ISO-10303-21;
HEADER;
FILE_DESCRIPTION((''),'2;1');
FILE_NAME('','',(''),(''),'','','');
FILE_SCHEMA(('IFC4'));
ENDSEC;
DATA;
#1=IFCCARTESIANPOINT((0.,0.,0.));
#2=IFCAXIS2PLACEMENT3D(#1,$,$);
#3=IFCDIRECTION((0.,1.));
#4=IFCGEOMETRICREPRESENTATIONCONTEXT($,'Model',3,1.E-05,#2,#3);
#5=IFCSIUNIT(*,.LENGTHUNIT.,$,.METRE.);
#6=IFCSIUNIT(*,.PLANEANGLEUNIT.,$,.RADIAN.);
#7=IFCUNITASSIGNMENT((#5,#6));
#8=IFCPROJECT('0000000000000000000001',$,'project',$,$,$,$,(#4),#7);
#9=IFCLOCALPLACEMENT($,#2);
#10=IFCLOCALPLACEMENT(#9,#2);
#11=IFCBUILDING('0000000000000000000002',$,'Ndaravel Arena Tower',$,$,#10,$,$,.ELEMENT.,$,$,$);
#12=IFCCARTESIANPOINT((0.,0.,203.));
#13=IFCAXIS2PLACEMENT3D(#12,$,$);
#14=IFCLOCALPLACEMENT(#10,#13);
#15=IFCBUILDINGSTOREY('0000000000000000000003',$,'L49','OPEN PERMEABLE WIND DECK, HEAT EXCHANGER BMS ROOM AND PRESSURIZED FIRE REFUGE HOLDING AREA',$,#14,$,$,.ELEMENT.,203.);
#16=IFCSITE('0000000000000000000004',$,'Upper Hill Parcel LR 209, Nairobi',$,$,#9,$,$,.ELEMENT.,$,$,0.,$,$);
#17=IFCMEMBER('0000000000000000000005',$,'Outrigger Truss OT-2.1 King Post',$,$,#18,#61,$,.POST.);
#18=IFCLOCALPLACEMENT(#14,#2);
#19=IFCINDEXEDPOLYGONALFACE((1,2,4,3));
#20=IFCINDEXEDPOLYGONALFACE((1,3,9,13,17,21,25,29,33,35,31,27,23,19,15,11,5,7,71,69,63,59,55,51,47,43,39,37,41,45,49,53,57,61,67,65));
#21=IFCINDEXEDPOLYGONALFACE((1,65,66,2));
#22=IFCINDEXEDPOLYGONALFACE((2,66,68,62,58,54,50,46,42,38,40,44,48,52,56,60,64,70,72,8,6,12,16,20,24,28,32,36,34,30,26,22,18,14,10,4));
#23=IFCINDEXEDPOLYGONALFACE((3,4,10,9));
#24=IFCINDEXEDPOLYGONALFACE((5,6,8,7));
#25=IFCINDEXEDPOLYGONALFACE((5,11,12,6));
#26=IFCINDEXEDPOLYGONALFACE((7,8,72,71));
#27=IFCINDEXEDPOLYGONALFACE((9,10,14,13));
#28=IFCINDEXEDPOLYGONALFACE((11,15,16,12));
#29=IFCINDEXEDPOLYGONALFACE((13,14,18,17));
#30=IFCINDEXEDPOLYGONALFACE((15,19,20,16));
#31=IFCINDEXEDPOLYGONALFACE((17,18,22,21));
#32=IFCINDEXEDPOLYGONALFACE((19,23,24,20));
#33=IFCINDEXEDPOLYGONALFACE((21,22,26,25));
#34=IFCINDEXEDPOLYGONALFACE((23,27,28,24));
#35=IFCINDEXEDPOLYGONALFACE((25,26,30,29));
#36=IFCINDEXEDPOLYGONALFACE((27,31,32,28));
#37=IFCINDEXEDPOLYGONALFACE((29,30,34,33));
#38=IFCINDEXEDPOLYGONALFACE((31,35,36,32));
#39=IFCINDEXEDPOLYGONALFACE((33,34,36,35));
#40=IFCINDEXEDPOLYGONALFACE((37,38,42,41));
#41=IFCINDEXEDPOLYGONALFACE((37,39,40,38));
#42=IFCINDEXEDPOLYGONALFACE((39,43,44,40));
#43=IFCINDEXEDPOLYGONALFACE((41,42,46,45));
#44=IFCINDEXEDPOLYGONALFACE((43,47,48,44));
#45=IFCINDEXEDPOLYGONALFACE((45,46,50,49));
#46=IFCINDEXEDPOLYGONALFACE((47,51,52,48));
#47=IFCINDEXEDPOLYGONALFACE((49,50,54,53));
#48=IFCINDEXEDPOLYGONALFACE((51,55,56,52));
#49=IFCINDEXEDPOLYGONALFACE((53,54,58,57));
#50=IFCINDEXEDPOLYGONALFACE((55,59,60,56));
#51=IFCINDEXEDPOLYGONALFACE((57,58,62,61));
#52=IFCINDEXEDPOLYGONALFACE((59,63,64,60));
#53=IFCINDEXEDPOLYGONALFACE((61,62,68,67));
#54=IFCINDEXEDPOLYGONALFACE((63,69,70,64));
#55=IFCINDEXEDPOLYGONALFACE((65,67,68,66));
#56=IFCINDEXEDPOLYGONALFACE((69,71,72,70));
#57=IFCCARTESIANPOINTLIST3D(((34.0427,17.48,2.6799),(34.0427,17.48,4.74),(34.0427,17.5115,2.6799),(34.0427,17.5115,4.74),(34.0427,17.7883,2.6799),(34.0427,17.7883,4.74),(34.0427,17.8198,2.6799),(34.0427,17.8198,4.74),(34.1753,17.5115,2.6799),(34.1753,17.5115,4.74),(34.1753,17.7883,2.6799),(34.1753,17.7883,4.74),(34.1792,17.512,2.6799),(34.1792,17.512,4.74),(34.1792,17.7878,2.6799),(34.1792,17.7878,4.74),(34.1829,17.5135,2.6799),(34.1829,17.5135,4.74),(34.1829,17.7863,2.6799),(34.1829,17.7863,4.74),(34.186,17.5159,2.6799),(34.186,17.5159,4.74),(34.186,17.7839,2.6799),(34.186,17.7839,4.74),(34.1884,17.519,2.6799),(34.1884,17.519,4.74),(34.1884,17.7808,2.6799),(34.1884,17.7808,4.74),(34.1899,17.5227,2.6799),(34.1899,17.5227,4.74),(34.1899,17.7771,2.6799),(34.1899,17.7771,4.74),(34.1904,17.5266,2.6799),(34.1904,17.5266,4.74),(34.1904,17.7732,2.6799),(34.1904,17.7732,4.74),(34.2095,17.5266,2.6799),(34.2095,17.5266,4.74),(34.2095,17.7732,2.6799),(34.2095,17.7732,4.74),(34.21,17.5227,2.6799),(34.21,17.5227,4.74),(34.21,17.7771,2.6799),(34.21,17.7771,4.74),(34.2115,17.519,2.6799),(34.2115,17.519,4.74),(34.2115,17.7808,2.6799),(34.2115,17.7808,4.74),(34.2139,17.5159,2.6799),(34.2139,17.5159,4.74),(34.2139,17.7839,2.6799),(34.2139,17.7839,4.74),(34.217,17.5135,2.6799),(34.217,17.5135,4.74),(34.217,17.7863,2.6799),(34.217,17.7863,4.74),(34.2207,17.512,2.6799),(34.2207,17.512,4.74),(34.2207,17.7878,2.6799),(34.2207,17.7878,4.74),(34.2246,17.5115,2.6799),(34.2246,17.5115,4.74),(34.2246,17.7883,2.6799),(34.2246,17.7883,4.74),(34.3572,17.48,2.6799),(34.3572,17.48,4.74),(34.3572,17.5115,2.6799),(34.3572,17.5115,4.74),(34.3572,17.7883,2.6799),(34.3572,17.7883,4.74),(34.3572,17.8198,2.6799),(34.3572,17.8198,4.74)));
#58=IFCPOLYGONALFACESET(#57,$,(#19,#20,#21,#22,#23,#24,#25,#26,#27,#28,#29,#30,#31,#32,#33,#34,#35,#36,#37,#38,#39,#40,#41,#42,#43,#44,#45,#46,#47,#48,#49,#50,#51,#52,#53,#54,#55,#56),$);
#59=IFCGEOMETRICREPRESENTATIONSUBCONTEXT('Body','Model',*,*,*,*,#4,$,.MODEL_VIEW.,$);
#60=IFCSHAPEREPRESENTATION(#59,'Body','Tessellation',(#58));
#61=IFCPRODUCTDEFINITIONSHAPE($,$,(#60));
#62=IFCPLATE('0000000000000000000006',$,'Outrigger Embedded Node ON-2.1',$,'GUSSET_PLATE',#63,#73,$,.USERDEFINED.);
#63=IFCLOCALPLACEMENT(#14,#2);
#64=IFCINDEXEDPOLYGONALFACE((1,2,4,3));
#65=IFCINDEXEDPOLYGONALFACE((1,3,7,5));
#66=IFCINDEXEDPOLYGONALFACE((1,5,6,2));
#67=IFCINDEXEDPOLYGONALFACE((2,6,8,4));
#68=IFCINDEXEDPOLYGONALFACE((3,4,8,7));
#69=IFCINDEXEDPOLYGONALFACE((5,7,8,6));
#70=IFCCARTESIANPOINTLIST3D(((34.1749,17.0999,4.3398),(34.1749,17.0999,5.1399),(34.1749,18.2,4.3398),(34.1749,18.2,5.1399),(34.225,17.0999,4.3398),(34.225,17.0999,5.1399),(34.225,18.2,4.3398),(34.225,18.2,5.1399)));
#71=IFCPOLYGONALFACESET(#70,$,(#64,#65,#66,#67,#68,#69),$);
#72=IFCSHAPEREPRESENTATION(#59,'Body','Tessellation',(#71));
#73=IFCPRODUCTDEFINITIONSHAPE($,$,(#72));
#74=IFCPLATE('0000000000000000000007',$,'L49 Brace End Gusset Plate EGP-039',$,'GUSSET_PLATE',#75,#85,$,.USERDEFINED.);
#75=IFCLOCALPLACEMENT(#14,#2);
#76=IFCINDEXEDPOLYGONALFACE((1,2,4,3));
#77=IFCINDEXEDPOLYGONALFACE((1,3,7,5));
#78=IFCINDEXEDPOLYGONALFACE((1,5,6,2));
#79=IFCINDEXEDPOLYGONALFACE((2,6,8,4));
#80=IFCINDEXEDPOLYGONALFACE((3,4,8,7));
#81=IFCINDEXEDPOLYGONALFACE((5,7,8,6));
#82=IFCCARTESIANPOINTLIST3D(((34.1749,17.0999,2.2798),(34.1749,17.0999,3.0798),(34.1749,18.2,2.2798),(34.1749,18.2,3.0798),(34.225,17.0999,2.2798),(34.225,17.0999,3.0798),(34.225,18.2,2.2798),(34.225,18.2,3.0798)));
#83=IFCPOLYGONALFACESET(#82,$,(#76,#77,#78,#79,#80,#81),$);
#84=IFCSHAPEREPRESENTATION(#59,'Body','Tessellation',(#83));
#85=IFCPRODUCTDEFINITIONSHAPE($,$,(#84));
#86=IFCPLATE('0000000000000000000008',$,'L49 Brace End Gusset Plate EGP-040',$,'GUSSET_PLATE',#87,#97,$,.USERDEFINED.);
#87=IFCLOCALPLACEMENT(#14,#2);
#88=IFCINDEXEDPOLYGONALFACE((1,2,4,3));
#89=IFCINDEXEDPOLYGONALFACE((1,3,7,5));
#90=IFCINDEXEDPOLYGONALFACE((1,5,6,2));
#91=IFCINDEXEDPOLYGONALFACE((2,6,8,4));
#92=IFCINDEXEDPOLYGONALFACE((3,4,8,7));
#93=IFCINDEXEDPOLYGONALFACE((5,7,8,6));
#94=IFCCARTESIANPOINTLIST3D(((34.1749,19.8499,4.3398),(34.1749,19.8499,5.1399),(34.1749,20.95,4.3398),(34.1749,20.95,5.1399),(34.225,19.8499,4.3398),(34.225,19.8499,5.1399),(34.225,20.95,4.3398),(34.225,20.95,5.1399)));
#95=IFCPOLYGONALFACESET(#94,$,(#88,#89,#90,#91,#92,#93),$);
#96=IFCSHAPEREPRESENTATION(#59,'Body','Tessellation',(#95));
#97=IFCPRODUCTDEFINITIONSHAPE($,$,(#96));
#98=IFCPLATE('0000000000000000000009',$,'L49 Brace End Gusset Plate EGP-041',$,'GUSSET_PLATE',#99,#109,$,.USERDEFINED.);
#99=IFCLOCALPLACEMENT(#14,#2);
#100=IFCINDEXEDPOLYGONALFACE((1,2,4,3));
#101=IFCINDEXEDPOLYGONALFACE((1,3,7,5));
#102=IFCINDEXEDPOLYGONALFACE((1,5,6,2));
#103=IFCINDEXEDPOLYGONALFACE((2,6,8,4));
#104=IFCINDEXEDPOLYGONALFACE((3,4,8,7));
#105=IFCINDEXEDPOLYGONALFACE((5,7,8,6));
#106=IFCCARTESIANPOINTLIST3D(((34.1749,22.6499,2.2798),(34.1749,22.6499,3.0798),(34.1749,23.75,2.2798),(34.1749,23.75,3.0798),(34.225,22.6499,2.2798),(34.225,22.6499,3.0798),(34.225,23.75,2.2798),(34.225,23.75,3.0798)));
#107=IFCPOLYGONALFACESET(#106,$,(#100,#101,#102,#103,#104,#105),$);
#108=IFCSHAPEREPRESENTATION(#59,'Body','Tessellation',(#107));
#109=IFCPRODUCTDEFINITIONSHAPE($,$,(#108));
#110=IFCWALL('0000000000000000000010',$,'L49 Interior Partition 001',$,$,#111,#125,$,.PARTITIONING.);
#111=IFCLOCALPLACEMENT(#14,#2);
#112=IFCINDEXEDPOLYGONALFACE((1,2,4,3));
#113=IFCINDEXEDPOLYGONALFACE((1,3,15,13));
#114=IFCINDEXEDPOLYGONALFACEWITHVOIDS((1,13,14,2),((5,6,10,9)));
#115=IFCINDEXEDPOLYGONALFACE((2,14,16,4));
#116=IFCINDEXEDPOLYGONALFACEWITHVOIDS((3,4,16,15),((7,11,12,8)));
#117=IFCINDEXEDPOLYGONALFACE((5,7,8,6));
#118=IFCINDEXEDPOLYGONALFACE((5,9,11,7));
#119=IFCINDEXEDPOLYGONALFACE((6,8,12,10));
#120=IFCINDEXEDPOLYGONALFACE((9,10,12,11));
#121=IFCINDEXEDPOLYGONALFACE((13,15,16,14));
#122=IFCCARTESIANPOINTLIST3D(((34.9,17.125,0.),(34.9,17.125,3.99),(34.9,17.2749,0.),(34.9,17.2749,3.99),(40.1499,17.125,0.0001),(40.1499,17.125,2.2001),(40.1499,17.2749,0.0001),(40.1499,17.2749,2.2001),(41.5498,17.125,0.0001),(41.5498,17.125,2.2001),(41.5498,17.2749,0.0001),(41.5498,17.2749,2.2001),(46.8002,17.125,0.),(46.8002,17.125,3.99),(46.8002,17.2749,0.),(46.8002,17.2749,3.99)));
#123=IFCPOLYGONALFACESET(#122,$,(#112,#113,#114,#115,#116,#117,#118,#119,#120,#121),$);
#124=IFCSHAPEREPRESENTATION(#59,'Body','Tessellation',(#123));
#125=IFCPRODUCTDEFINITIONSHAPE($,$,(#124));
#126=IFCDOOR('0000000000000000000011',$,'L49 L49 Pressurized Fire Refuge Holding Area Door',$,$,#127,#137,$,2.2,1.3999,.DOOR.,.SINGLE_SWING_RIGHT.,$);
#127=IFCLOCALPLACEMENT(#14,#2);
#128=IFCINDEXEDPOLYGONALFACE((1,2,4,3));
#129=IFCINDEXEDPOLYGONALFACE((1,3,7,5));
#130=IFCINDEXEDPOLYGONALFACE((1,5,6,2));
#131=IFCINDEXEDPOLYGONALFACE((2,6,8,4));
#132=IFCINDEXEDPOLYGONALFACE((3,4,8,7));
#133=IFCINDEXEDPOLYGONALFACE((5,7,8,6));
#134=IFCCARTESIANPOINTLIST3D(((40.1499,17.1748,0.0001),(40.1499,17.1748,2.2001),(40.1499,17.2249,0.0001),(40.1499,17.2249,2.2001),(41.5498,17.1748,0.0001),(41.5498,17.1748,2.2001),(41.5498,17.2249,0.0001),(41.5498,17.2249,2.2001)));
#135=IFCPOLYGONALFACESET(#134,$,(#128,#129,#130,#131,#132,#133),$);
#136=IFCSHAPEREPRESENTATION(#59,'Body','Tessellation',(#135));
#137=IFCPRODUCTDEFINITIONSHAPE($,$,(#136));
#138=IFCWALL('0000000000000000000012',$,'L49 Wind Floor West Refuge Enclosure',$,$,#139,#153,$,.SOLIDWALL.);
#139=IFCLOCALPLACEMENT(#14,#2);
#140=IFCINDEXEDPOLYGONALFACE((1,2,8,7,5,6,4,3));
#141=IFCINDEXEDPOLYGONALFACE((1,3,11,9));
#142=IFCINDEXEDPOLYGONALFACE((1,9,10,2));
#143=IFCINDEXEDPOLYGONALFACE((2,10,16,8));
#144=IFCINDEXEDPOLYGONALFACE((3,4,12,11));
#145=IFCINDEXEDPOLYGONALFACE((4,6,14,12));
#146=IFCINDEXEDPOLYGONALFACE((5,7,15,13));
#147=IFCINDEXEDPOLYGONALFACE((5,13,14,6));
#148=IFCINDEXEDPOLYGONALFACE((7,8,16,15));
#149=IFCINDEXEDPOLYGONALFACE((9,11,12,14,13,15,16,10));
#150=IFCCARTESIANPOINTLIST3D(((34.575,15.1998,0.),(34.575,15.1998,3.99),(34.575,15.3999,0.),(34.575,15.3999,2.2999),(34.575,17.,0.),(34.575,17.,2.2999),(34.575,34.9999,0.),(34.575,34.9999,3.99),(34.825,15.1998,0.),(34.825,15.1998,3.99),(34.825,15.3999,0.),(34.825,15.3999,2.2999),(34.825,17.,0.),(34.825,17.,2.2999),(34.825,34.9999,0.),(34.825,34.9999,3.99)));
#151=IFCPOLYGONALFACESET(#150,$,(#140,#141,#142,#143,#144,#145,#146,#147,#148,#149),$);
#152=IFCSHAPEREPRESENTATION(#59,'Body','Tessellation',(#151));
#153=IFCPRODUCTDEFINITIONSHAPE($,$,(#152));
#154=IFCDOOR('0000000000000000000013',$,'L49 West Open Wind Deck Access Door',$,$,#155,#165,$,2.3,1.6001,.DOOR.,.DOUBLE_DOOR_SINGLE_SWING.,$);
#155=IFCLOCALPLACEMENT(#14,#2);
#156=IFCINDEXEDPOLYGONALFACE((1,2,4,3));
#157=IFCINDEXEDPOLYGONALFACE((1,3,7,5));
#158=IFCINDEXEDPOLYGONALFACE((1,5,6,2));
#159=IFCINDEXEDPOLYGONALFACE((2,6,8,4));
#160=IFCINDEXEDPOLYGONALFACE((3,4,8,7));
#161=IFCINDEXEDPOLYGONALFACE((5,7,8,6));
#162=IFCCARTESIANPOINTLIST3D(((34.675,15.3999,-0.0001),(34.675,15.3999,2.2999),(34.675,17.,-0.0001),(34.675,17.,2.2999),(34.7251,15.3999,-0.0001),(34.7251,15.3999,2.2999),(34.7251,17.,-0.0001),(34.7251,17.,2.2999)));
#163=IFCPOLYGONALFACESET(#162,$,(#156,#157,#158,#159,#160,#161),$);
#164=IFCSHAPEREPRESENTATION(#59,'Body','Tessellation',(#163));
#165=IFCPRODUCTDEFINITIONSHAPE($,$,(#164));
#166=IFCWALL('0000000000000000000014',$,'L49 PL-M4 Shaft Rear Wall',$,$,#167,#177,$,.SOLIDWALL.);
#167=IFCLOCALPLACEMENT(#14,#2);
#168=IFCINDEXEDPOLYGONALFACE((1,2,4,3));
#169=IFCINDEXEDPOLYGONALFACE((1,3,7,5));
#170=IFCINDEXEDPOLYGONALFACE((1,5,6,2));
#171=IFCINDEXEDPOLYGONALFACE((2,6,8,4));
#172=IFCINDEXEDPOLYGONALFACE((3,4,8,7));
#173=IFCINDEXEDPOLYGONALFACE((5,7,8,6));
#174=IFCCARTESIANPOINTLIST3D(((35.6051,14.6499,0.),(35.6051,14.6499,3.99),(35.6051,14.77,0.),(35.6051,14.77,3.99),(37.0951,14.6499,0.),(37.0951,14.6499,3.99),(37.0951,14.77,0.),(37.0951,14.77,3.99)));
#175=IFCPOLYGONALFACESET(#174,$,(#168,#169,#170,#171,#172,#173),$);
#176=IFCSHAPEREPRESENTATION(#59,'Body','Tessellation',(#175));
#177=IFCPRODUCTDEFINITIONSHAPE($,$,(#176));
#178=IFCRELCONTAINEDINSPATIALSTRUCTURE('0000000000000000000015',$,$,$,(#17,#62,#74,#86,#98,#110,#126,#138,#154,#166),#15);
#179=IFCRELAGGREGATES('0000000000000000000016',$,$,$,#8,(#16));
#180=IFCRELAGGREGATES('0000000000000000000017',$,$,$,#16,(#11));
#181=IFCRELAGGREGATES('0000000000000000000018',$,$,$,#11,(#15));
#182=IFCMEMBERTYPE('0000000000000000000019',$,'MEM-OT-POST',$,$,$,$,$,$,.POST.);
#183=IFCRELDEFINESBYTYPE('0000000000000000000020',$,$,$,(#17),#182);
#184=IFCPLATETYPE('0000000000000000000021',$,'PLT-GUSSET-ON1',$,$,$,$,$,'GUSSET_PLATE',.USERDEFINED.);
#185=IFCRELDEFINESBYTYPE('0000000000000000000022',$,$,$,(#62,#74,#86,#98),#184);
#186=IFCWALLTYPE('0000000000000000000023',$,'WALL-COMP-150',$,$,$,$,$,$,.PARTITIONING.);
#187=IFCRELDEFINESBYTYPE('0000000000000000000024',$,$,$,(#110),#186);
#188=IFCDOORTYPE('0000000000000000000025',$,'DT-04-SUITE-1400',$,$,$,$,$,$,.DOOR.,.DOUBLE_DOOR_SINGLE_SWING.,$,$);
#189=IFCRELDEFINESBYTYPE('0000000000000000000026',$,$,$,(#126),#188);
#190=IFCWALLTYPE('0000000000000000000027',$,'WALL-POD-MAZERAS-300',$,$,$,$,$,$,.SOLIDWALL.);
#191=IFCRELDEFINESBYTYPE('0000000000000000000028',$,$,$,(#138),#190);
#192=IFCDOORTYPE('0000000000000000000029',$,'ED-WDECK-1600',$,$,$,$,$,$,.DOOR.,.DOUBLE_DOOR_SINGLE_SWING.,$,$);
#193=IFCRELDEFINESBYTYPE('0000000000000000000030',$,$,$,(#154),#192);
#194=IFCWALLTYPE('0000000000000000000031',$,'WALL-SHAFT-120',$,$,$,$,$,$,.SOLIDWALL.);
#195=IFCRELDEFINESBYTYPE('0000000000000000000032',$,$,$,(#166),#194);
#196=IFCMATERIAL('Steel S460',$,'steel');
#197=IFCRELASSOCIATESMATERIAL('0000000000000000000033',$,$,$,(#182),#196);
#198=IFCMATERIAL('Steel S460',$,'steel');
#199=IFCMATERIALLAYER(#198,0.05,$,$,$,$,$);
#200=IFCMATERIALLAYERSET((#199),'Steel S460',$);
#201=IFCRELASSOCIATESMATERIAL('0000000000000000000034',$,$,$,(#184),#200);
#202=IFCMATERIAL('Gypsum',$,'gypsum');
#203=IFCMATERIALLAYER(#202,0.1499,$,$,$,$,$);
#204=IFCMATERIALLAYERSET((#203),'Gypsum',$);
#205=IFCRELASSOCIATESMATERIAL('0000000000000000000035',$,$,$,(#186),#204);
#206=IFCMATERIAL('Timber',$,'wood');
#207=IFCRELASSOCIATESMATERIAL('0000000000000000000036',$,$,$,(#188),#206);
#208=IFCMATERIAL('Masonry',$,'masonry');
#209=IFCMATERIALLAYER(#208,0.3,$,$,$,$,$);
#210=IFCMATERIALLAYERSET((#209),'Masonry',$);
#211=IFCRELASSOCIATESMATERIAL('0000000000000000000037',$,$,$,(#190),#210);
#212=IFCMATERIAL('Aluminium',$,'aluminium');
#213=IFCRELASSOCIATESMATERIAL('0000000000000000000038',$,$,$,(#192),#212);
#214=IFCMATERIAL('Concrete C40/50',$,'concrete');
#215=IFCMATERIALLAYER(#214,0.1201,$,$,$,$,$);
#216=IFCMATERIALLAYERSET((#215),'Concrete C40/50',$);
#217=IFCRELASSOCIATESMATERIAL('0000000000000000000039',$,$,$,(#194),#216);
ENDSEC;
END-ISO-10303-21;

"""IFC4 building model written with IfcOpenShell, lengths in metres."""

from ifc_helpers import new_model, si_unit, direction, frame, frame_2d, origin, origin_2d, place, context, subcontext, project, spatial, rectangle, i_section, extrude, material, layer, layer_set, material_profile, profile_set, type_object, element, fill, save


model = new_model("IFC4")

# Units and contexts
model_context = context("Model", 3, precision=1e-05, world=origin(), true_north=direction((0.0, 1.0)))
body_context = subcontext(model_context, "Body", "Model", "MODEL_VIEW")
ifc_project = project(units=[si_unit("LENGTHUNIT", "METRE"), si_unit("PLANEANGLEUNIT", "RADIAN")], contexts=[model_context])

# Site, building, storey
site_placement = place(None, origin())
site = spatial("IfcSite", under=ifc_project, at=site_placement, Name="Upper Hill Parcel LR 209, Nairobi", CompositionType="ELEMENT", RefElevation=0.0)
building_placement = place(site_placement, origin())
building = spatial("IfcBuilding", under=site, at=building_placement, Name="Ndaravel Arena Tower", CompositionType="ELEMENT")
storey_placement = place(building_placement, frame((0.0, 0.0, 203.0)))
storey = spatial("IfcBuildingStorey", under=building, at=storey_placement, Name="L49", Description="OPEN PERMEABLE WIND DECK, HEAT EXCHANGER BMS ROOM AND PRESSURIZED FIRE REFUGE HOLDING AREA", CompositionType="ELEMENT", Elevation=203.0)

# Member
ifc_material_1 = material(Name="Steel S460", Category="steel")
ifc_material_profile_1 = material_profile(ifc_material_1, i_section(OverallWidth=0.3145, OverallDepth=0.3398, WebThickness=0.019, FlangeThickness=0.0315, FilletRadius=0.0151, at=origin_2d()), Name="UC 305x305x198")
ifc_profile_set_1 = profile_set([ifc_material_profile_1], Name="Steel S460")
member_type_1 = type_object("IfcMemberType", Name="MEM-OT-POST", PredefinedType="POST", material=ifc_profile_set_1)
member_1_placement = place(storey_placement, frame((34.2, 17.6499, 2.6799), z_axis=(0.0, 0.0, 1.0), x_axis=(1.0, 0.0, 0.0)))
element("IfcMember", 1, at=member_1_placement, inside=storey, type_object=member_type_1, Name="Outrigger Truss OT-2.1 King Post", PredefinedType="POST", context=body_context, shape_type="SweptSolid", body=[
    extrude(i_section(OverallWidth=0.3145, OverallDepth=0.3398, WebThickness=0.019, FlangeThickness=0.0315, FilletRadius=0.0151, at=origin_2d()), origin(), (0.0, 0.0, 1.0), 2.0601),
])

# Plates
ifc_material_2 = material(Name="Steel S460", Category="steel")
ifc_layer_1 = layer(ifc_material_2, 0.05)
ifc_layer_set_1 = layer_set([ifc_layer_1], Name="Steel S460")
plate_type = type_object("IfcPlateType", Name="PLT-GUSSET-ON1", ElementType="GUSSET_PLATE", PredefinedType="USERDEFINED", material=ifc_layer_set_1)
for number, where, z_axis, x_axis, name in (
    (2, (34.2, 17.6499, 4.3398), (0.0, 0.0, 1.0), (1.0, 0.0, 0.0), "Outrigger Embedded Node ON-2.1"),
    (3, (34.2, 17.6499, 2.2798), (0.0, 0.0, 1.0), (1.0, 0.0, 0.0), "L49 Brace End Gusset Plate EGP-039"),
    (4, (34.2, 20.3999, 4.3398), (0.0, 0.0, 1.0), (1.0, 0.0, 0.0), "L49 Brace End Gusset Plate EGP-040"),
    (5, (34.2, 23.2, 2.2798), (0.0, 0.0, 1.0), (1.0, 0.0, 0.0), "L49 Brace End Gusset Plate EGP-041"),
):
    element("IfcPlate", number, at=place(storey_placement, frame(where, z_axis=z_axis, x_axis=x_axis)), inside=storey, type_object=plate_type, Name=name, ObjectType="GUSSET_PLATE", PredefinedType="USERDEFINED", context=body_context, shape_type="SweptSolid", body=[
        extrude(rectangle(XDim=0.05, YDim=1.1001, at=origin_2d()), origin(), (0.0, 0.0, 1.0), 0.8),
    ])

# Walls, openings, doors
ifc_material_3 = material(Name="Gypsum", Category="gypsum")
ifc_layer_2 = layer(ifc_material_3, 0.1499)
ifc_layer_set_2 = layer_set([ifc_layer_2], Name="Gypsum")
wall_type_1 = type_object("IfcWallType", Name="WALL-COMP-150", PredefinedType="PARTITIONING", material=ifc_layer_set_2)
wall_1_placement = place(storey_placement, frame((34.8999, 17.2, 0.0), z_axis=(0.0, 0.0, 1.0), x_axis=(1.0, 0.0, 0.0)))
wall_1 = element("IfcWall", 6, at=wall_1_placement, inside=storey, type_object=wall_type_1, Name="L49 Interior Partition 001", PredefinedType="PARTITIONING", context=body_context, shape_type="SweptSolid", body=[
    extrude(rectangle(XDim=11.9001, YDim=0.1499, at=frame_2d((5.9502, 0.0))), origin(), (0.0, 0.0, 1.0), 3.99),
])
opening_1_placement = place(wall_1_placement, frame((5.25, 0.0, 0.0)))
opening_1 = element("IfcOpeningElement", 7, at=opening_1_placement, cuts=wall_1, PredefinedType="OPENING", context=body_context, shape_type="SweptSolid", body=[
    extrude(rectangle(XDim=1.3999, YDim=2.2, at=frame_2d((0.7, 1.1001))), frame((0.0, 0.075, 0.0), z_axis=(0.0, -1.0, 0.0), x_axis=(1.0, 0.0, 0.0)), (0.0, 0.0, 1.0), 0.1499),
])
ifc_material_4 = material(Name="Timber", Category="wood")
door_type_1 = type_object("IfcDoorType", Name="DT-04-SUITE-1400", OperationType="DOUBLE_DOOR_SINGLE_SWING", PredefinedType="DOOR", material=ifc_material_4)
door_1_placement = place(opening_1_placement, origin())
door_1 = element("IfcDoor", 8, at=door_1_placement, inside=storey, type_object=door_type_1, Name="L49 L49 Pressurized Fire Refuge Holding Area Door", OperationType="SINGLE_SWING_RIGHT", OverallHeight=2.2, OverallWidth=1.3999, PredefinedType="DOOR", context=body_context, shape_type="SweptSolid", body=[
    extrude(rectangle(XDim=1.3999, YDim=2.2, at=frame_2d((0.7, 1.1001))), frame((0.0, 0.0249, 0.0), z_axis=(0.0, -1.0, 0.0), x_axis=(1.0, 0.0, 0.0)), (0.0, 0.0, 1.0), 0.05),
])
fill(opening_1, door_1)
ifc_material_5 = material(Name="Masonry", Category="masonry")
ifc_layer_3 = layer(ifc_material_5, 0.3)
ifc_layer_set_3 = layer_set([ifc_layer_3], Name="Masonry")
wall_type_2 = type_object("IfcWallType", Name="WALL-POD-MAZERAS-300", PredefinedType="SOLIDWALL", material=ifc_layer_set_3)
wall_2_placement = place(storey_placement, frame((34.7, 15.2, 0.0), z_axis=(0.0, 0.0, 1.0), x_axis=(0.0, 1.0, 0.0)))
wall_2 = element("IfcWall", 9, at=wall_2_placement, inside=storey, type_object=wall_type_2, Name="L49 Wind Floor West Refuge Enclosure", PredefinedType="SOLIDWALL", context=body_context, shape_type="SweptSolid", body=[
    extrude(rectangle(XDim=19.8, YDim=0.25, at=frame_2d((9.8999, 0.0))), origin(), (0.0, 0.0, 1.0), 3.99),
])
opening_2_placement = place(wall_2_placement, frame((0.2, 0.0, 0.0)))
opening_2 = element("IfcOpeningElement", 10, at=opening_2_placement, cuts=wall_2, PredefinedType="OPENING", context=body_context, shape_type="SweptSolid", body=[
    extrude(rectangle(XDim=1.6001, YDim=2.3, at=frame_2d((0.8, 1.1499))), frame((0.0, 0.125, 0.0), z_axis=(0.0, -1.0, 0.0), x_axis=(1.0, 0.0, 0.0)), (0.0, 0.0, 1.0), 0.25),
])
ifc_material_6 = material(Name="Aluminium", Category="aluminium")
door_type_2 = type_object("IfcDoorType", Name="ED-WDECK-1600", OperationType="DOUBLE_DOOR_SINGLE_SWING", PredefinedType="DOOR", material=ifc_material_6)
door_2_placement = place(opening_2_placement, origin())
door_2 = element("IfcDoor", 11, at=door_2_placement, inside=storey, type_object=door_type_2, Name="L49 West Open Wind Deck Access Door", OperationType="DOUBLE_DOOR_SINGLE_SWING", OverallHeight=2.3, OverallWidth=1.6001, PredefinedType="DOOR", context=body_context, shape_type="SweptSolid", body=[
    extrude(rectangle(XDim=1.6001, YDim=2.3, at=frame_2d((0.8, 1.1499))), frame((0.0, 0.0249, 0.0), z_axis=(0.0, -1.0, 0.0), x_axis=(1.0, 0.0, 0.0)), (0.0, 0.0, 1.0), 0.05),
])
fill(opening_2, door_2)

# Wall
ifc_material_7 = material(Name="Concrete C40/50", Category="concrete")
ifc_layer_4 = layer(ifc_material_7, 0.1201)
ifc_layer_set_4 = layer_set([ifc_layer_4], Name="Concrete C40/50")
wall_type_3 = type_object("IfcWallType", Name="WALL-SHAFT-120", PredefinedType="SOLIDWALL", material=ifc_layer_set_4)
wall_3_placement = place(storey_placement, frame((35.605, 14.71, 0.0), z_axis=(0.0, 0.0, 1.0), x_axis=(1.0, 0.0, 0.0)))
element("IfcWall", 12, at=wall_3_placement, inside=storey, type_object=wall_type_3, Name="L49 PL-M4 Shaft Rear Wall", PredefinedType="SOLIDWALL", context=body_context, shape_type="SweptSolid", body=[
    extrude(rectangle(XDim=1.49, YDim=0.1201, at=frame_2d((0.7451, 0.0))), origin(), (0.0, 0.0, 1.0), 3.99),
])

save(model, "model.ifc")
